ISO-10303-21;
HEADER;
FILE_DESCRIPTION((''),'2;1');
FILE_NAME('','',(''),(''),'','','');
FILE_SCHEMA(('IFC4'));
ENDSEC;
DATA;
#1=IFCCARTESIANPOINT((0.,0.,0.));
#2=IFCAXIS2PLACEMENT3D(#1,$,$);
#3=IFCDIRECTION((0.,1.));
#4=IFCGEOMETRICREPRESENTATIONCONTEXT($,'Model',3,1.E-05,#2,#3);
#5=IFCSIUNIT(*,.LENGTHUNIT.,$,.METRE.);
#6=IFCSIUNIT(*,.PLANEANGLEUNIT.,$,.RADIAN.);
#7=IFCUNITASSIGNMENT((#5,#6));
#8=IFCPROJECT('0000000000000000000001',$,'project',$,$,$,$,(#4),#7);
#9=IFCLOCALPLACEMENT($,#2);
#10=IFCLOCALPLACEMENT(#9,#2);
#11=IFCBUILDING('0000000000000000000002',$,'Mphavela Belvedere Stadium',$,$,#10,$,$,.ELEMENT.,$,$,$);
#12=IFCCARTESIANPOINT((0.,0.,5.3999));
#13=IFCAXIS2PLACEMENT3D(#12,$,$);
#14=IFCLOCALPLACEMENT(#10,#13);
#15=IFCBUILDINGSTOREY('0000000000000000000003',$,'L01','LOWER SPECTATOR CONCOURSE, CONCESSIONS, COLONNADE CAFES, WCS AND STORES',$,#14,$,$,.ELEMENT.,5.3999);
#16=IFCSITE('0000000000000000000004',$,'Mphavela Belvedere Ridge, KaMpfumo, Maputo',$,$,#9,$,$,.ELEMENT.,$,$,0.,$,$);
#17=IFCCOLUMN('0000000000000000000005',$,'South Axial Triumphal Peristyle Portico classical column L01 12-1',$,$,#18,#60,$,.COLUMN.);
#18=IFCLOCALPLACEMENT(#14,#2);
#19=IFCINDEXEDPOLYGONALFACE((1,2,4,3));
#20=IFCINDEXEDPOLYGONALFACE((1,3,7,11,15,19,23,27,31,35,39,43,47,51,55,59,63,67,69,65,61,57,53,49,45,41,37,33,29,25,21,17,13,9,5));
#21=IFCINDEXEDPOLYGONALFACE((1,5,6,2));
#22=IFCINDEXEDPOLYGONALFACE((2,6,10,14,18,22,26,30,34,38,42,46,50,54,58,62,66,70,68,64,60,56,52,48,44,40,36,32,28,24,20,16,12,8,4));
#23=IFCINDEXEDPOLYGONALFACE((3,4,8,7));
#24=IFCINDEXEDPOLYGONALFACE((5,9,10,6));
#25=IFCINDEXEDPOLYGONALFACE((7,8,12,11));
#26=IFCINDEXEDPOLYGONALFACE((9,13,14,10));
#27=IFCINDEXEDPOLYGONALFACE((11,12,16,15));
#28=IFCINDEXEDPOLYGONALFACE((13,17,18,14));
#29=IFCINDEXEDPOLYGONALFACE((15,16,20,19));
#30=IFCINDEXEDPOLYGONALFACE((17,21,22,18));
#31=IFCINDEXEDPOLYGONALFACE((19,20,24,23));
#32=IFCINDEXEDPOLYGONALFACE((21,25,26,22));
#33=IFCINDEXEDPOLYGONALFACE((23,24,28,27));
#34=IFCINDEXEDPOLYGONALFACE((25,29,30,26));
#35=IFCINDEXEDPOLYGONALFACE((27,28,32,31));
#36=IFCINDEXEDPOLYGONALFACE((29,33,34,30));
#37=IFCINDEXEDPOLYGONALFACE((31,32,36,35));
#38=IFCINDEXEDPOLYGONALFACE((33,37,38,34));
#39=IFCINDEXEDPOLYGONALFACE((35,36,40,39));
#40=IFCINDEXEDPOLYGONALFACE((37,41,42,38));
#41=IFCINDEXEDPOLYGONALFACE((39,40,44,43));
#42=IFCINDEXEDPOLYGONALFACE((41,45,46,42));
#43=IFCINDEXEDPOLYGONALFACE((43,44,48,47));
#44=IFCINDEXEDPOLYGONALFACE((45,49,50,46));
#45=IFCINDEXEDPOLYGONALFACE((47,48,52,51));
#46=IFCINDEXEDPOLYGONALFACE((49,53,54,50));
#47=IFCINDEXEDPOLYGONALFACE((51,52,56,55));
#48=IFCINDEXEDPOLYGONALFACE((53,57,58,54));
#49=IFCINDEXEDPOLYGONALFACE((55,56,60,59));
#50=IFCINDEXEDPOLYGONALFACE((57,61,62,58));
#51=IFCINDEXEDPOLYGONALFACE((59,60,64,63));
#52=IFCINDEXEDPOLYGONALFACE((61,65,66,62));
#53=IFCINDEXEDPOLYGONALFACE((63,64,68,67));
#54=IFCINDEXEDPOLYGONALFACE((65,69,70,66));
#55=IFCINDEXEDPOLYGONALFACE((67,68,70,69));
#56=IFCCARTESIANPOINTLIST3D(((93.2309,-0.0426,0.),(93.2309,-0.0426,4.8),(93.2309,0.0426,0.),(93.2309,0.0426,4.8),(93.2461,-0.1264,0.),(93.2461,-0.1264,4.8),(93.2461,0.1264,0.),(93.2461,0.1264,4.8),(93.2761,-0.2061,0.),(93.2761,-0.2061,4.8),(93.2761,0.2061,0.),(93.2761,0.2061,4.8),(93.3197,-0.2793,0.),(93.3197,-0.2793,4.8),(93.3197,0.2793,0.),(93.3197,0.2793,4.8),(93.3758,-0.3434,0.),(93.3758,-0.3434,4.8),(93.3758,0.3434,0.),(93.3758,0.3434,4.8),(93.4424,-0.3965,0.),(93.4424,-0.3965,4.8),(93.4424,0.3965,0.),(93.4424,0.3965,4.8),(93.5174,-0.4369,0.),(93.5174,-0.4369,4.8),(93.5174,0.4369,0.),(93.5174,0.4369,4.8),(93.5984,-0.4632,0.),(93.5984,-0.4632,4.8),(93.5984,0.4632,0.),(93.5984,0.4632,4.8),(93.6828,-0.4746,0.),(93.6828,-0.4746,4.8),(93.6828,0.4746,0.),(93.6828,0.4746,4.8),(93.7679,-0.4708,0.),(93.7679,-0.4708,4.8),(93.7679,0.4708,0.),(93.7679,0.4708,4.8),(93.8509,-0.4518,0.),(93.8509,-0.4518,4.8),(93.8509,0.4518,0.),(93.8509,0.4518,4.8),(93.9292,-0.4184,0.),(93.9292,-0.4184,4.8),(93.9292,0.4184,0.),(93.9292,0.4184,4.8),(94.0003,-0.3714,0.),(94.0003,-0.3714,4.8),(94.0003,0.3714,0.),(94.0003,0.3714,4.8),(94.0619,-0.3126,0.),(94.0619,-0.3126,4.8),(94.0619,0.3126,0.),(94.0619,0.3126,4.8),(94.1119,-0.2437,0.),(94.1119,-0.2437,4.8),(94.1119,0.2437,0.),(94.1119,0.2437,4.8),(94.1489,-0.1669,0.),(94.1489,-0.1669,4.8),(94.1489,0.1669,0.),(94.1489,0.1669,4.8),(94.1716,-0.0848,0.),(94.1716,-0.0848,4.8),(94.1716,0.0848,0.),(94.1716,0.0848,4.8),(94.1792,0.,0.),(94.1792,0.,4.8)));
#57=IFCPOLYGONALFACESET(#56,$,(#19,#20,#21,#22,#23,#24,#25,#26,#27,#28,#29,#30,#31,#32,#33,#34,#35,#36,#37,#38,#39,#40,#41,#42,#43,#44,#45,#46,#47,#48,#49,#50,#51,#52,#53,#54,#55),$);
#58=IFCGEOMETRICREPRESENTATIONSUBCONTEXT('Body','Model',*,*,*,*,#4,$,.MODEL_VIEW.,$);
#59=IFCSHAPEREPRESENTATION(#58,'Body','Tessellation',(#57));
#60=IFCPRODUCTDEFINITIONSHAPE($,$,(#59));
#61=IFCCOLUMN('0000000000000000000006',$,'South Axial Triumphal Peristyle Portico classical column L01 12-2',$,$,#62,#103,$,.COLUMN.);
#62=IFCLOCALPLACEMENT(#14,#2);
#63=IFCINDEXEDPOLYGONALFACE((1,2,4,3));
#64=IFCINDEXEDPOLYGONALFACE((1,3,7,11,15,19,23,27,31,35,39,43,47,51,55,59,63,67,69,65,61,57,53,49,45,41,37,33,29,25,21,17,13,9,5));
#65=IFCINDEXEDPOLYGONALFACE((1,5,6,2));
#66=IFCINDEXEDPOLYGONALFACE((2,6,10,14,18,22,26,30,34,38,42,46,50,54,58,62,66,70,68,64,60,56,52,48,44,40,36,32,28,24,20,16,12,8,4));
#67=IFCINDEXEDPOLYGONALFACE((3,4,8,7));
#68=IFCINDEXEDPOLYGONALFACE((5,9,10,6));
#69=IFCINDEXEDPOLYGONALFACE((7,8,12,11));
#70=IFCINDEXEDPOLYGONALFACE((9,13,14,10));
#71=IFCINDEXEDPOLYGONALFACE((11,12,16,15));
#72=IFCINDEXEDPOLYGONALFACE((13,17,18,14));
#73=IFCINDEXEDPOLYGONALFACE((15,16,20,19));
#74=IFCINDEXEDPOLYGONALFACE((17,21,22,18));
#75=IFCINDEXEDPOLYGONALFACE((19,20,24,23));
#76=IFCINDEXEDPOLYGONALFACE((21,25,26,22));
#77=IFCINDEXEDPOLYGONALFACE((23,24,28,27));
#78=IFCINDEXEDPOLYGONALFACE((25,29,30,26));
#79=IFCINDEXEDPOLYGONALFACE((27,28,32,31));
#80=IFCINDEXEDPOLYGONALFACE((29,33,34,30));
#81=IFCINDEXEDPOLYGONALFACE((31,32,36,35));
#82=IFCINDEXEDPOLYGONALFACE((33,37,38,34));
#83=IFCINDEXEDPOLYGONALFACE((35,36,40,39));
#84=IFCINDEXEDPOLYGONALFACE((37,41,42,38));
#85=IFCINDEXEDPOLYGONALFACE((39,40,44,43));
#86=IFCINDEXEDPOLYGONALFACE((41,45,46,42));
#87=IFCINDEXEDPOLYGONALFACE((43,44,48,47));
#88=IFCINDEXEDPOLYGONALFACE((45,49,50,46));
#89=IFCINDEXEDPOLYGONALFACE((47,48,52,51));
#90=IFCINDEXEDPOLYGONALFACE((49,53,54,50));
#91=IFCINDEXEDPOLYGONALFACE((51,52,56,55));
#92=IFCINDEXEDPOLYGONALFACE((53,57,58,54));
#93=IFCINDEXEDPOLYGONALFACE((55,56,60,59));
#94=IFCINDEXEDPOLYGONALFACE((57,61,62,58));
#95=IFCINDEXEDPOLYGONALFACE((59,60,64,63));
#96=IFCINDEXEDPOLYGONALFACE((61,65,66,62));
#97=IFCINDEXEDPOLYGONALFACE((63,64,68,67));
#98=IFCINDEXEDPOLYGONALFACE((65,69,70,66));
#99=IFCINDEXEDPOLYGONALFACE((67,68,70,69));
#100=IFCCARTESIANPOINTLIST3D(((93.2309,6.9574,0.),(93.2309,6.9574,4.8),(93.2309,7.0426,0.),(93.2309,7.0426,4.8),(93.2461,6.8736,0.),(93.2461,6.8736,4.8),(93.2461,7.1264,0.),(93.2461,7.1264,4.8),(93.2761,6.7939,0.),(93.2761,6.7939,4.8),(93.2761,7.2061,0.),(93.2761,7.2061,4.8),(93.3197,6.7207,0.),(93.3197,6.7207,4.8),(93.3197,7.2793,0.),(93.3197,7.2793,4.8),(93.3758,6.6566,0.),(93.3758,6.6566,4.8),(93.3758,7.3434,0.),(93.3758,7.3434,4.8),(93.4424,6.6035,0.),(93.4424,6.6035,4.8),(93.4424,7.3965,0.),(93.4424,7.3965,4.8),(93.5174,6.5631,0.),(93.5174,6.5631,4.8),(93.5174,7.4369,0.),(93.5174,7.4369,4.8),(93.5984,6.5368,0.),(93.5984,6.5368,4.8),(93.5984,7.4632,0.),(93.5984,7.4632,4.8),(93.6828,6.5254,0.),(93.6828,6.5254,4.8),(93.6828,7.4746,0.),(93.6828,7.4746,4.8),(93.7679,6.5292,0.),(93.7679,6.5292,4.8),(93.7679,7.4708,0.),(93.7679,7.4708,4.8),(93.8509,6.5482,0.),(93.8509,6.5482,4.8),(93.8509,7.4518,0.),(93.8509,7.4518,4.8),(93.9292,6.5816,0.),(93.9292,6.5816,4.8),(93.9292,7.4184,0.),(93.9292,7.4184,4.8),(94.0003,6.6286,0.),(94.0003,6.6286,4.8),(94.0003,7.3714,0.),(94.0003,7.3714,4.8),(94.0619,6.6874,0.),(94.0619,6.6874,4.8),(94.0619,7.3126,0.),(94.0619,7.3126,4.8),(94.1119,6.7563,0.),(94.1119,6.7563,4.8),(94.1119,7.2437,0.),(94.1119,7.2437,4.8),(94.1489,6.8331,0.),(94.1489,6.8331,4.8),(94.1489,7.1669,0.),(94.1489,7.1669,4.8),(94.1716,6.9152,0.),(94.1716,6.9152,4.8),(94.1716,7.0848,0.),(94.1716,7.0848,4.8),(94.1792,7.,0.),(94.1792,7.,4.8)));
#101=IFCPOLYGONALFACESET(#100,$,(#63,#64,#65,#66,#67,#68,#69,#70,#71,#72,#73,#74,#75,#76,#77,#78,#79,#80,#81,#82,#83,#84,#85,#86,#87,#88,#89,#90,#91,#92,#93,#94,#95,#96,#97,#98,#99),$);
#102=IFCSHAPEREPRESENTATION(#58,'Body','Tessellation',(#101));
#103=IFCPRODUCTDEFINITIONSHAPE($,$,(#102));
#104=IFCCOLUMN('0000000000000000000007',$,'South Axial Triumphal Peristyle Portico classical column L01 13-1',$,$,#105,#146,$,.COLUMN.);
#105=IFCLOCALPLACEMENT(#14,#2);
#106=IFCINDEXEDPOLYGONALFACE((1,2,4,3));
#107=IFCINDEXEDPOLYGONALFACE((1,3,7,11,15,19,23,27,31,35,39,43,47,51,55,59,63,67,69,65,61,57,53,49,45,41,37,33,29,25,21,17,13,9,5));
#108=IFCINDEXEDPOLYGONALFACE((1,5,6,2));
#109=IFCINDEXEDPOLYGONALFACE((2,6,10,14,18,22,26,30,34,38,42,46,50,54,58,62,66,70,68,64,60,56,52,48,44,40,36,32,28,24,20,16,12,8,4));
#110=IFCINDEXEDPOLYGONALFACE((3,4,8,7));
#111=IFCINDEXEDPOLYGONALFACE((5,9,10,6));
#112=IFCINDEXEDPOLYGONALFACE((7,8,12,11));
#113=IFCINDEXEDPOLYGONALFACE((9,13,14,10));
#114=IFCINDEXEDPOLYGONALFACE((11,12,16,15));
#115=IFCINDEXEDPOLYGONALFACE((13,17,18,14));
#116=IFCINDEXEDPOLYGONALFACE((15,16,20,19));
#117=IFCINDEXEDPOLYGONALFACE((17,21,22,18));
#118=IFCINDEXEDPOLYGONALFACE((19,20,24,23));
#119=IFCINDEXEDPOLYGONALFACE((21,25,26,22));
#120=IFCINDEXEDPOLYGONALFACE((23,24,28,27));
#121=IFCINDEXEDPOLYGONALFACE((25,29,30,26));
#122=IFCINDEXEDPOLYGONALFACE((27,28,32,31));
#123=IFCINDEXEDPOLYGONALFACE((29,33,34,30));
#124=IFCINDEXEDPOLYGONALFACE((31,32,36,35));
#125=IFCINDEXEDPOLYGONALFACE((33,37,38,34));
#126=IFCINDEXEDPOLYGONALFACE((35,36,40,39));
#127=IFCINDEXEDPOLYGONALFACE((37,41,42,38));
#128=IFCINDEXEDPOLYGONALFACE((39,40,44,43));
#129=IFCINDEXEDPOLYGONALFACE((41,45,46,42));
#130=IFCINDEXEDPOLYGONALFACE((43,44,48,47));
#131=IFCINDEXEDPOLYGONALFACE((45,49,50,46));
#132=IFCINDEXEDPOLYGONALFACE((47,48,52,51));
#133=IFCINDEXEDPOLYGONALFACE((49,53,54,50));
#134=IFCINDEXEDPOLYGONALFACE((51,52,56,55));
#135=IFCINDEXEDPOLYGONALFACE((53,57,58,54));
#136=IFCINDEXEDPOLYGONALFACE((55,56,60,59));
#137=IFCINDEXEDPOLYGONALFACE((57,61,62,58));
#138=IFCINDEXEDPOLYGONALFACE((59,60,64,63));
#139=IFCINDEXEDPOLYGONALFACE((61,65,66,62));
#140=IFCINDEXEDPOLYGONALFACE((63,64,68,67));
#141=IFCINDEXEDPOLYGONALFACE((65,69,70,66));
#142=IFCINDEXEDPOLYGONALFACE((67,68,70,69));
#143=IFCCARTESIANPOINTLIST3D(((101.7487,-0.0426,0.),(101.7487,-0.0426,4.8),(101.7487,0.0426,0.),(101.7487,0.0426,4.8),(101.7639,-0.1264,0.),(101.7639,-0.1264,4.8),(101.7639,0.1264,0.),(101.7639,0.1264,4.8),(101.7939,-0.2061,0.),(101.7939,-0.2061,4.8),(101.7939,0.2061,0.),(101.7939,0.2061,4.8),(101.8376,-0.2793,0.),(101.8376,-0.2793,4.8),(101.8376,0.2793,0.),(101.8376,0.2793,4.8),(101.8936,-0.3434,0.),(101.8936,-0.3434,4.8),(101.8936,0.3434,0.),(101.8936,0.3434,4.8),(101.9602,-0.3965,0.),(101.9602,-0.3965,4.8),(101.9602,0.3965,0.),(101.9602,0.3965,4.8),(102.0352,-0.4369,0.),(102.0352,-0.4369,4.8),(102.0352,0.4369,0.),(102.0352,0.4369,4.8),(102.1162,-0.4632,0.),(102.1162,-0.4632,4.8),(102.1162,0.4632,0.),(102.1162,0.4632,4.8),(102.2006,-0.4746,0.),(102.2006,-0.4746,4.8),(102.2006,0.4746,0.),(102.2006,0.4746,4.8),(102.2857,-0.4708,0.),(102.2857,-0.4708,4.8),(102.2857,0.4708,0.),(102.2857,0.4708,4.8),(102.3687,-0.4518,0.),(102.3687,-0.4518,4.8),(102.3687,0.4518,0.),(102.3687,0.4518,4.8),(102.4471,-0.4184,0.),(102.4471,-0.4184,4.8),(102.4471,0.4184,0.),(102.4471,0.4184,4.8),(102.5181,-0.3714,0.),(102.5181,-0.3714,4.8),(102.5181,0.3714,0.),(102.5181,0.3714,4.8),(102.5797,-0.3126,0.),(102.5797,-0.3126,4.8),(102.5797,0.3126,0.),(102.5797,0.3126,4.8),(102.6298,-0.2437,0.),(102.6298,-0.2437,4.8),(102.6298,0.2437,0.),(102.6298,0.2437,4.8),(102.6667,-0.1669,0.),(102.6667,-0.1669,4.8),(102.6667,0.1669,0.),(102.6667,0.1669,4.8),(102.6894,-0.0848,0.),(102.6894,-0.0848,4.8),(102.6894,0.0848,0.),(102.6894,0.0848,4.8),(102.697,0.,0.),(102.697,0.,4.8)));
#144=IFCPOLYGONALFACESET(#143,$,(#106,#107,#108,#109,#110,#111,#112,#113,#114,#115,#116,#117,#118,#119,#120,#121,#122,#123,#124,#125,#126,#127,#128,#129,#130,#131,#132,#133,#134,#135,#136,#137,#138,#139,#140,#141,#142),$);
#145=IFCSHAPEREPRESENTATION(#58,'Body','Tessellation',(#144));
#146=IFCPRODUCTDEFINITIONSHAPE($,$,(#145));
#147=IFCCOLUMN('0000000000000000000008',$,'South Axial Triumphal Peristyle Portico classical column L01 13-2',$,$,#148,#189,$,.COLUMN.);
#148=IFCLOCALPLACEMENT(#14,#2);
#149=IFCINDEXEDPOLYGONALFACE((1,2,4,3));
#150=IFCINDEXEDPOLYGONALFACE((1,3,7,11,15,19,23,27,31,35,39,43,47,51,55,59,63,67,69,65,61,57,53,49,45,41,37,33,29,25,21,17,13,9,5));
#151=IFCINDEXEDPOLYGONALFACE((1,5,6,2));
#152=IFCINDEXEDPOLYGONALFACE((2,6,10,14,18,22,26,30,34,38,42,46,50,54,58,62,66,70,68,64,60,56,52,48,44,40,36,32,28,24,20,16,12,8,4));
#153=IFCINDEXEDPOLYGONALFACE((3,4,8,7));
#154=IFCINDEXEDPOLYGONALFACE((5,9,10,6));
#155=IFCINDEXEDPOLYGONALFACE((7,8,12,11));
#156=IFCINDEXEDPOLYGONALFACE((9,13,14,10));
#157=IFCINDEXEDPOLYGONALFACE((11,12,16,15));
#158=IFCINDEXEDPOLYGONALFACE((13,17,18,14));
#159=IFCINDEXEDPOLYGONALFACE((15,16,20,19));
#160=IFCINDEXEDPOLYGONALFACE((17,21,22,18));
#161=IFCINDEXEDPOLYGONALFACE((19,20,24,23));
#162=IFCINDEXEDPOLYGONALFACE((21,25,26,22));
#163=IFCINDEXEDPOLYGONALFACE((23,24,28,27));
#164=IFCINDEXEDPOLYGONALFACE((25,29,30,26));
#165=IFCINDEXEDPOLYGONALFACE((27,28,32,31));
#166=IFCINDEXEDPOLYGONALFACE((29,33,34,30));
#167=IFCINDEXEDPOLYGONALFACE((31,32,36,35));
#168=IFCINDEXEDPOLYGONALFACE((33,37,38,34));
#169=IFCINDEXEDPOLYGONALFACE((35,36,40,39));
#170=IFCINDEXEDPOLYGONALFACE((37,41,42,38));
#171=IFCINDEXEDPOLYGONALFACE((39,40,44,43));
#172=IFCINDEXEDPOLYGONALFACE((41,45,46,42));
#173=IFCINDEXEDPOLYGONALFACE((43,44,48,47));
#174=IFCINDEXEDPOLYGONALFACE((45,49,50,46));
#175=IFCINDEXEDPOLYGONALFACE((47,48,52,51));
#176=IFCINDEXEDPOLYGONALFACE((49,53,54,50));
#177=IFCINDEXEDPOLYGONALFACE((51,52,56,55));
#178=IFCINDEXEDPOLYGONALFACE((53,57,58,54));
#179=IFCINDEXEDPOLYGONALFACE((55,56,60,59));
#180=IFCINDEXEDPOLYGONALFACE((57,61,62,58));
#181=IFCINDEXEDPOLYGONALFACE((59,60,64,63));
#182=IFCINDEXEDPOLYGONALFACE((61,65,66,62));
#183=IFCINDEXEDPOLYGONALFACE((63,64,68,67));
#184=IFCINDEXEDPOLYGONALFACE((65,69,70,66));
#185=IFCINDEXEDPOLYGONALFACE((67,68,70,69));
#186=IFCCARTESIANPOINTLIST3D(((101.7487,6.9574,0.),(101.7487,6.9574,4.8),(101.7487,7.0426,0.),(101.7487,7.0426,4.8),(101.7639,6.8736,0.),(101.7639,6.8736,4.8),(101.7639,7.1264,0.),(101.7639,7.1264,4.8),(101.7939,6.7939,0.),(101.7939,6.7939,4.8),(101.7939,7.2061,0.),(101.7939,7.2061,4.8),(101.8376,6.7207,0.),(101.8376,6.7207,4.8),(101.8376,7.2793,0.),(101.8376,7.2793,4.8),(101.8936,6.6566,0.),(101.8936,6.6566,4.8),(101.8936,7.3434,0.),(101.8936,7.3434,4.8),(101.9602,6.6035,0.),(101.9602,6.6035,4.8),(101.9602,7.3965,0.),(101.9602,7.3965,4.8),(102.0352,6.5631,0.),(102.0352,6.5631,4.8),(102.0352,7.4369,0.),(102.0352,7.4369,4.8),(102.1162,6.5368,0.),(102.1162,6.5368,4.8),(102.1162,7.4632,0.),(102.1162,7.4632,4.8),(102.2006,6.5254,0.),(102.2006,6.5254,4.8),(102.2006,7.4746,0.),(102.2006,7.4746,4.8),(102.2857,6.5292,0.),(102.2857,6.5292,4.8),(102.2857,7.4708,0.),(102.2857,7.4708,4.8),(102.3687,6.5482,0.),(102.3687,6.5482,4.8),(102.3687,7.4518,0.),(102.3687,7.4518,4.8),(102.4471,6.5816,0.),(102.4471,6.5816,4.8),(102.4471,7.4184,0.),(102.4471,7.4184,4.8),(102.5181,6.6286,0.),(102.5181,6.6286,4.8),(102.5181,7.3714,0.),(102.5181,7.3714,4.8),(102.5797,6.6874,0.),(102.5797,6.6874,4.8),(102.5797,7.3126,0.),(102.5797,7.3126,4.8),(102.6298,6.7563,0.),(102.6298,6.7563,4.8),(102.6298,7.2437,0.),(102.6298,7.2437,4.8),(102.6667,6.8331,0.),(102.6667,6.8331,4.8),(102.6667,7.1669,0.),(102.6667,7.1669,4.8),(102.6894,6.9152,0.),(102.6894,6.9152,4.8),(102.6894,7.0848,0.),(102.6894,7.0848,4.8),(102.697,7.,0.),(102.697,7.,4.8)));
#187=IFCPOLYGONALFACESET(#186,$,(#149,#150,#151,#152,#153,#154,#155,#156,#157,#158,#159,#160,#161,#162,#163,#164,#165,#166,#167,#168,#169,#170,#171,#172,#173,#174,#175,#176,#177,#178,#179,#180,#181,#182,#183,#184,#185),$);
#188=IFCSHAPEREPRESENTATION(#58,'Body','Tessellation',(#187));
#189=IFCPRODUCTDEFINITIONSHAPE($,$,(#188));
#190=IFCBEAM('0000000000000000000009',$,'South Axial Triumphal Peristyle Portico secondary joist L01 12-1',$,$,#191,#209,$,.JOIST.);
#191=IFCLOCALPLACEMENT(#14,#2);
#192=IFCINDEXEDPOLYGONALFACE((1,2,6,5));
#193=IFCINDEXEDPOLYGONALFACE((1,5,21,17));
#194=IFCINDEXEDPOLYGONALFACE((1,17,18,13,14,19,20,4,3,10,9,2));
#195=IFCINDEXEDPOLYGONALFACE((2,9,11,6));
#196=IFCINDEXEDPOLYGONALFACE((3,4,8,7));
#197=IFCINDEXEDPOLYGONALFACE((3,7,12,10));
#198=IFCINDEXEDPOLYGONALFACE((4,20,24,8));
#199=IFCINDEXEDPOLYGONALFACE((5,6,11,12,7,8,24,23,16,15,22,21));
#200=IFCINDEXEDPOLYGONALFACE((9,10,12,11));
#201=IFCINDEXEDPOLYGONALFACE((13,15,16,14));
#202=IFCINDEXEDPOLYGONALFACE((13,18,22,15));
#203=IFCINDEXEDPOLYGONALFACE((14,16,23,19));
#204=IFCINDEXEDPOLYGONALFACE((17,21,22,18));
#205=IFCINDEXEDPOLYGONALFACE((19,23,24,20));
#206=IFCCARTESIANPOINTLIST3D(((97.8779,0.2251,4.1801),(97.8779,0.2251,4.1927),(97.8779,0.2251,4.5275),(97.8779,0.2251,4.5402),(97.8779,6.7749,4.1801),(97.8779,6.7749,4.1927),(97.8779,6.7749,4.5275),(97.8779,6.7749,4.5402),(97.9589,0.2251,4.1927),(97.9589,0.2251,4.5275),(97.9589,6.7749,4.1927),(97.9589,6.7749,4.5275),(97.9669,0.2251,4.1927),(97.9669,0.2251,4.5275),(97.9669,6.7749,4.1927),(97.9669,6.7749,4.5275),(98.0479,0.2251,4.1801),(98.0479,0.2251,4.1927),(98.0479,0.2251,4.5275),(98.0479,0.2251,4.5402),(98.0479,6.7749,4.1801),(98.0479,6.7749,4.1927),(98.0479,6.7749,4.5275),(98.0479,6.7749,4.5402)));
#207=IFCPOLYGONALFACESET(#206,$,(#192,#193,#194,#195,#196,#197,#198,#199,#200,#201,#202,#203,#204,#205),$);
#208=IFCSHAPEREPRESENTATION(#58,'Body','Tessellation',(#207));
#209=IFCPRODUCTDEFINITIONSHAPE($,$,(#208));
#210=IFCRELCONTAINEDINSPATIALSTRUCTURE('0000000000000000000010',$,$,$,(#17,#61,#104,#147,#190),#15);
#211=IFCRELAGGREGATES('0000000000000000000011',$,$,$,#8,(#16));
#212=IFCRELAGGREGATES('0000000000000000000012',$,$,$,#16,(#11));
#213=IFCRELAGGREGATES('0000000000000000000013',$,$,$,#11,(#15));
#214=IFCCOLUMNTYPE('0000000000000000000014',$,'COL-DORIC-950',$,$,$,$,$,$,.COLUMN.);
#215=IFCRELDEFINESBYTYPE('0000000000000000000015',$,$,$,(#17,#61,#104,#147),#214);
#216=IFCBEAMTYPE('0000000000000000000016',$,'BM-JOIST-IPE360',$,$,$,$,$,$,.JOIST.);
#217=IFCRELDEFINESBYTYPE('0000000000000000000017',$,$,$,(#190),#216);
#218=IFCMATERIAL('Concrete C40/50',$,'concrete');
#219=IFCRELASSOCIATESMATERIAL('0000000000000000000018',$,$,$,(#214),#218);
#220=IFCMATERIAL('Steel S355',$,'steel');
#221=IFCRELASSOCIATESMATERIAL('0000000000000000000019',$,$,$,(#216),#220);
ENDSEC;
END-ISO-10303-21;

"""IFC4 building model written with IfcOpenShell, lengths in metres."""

from ifc_helpers import new_model, si_unit, direction, frame, origin, origin_2d, place, context, subcontext, project, spatial, circle, i_section, extrude, material, material_profile, profile_set, type_object, element, save


model = new_model("IFC4")

# Units and contexts
model_context = context("Model", 3, precision=1e-05, world=origin(), true_north=direction((0.0, 1.0)))
body_context = subcontext(model_context, "Body", "Model", "MODEL_VIEW")
ifc_project = project(units=[si_unit("LENGTHUNIT", "METRE"), si_unit("PLANEANGLEUNIT", "RADIAN")], contexts=[model_context])

# Site, building, storey
site_placement = place(None, origin())
site = spatial("IfcSite", under=ifc_project, at=site_placement, Name="Mphavela Belvedere Ridge, KaMpfumo, Maputo", CompositionType="ELEMENT", RefElevation=0.0)
building_placement = place(site_placement, origin())
building = spatial("IfcBuilding", under=site, at=building_placement, Name="Mphavela Belvedere Stadium", CompositionType="ELEMENT")
storey_placement = place(building_placement, frame((0.0, 0.0, 5.3999)))
storey = spatial("IfcBuildingStorey", under=building, at=storey_placement, Name="L01", Description="LOWER SPECTATOR CONCOURSE, CONCESSIONS, COLONNADE CAFES, WCS AND STORES", CompositionType="ELEMENT", Elevation=5.3999)

# Columns
ifc_material_1 = material(Name="Concrete C40/50", Category="concrete")
ifc_material_profile_1 = material_profile(ifc_material_1, circle(Radius=0.4751, at=origin_2d()), Name="COL D950")
ifc_profile_set_1 = profile_set([ifc_material_profile_1], Name="Concrete C40/50")
column_type = type_object("IfcColumnType", Name="COL-DORIC-950", PredefinedType="COLUMN", material=ifc_profile_set_1)
for number, where, z_axis, x_axis, name in (
    (1, (93.7041, 0.0, 0.0), (0.0, 0.0, 1.0), (1.0, 0.0, 0.0), "South Axial Triumphal Peristyle Portico classical column L01 12-1"),
    (2, (93.7041, 7.0, 0.0), (0.0, 0.0, 1.0), (1.0, 0.0, 0.0), "South Axial Triumphal Peristyle Portico classical column L01 12-2"),
    (3, (102.2219, 0.0, 0.0), (0.0, 0.0, 1.0), (1.0, 0.0, 0.0), "South Axial Triumphal Peristyle Portico classical column L01 13-1"),
    (4, (102.2219, 7.0, 0.0), (0.0, 0.0, 1.0), (1.0, 0.0, 0.0), "South Axial Triumphal Peristyle Portico classical column L01 13-2"),
):
    element("IfcColumn", number, at=place(storey_placement, frame(where, z_axis=z_axis, x_axis=x_axis)), inside=storey, type_object=column_type, Name=name, PredefinedType="COLUMN", context=body_context, shape_type="SweptSolid", body=[
        extrude(circle(Radius=0.4751, at=origin_2d()), origin(), (0.0, 0.0, 1.0), 4.8),
    ])

# Beam
ifc_material_2 = material(Name="Steel S355", Category="steel")
ifc_material_profile_2 = material_profile(ifc_material_2, i_section(OverallWidth=0.1699, OverallDepth=0.3601, WebThickness=0.0081, FlangeThickness=0.0127, at=origin_2d()), Name="IPE 360")
ifc_profile_set_2 = profile_set([ifc_material_profile_2], Name="Steel S355")
beam_type_1 = type_object("IfcBeamType", Name="BM-JOIST-IPE360", PredefinedType="JOIST", material=ifc_profile_set_2)
beam_1_placement = place(storey_placement, frame((97.9629, 0.2251, 4.3601), z_axis=(0.0, 1.0, 0.0), x_axis=(-1.0, 0.0, 0.0)))
element("IfcBeam", 5, at=beam_1_placement, inside=storey, type_object=beam_type_1, Name="South Axial Triumphal Peristyle Portico secondary joist L01 12-1", PredefinedType="JOIST", context=body_context, shape_type="SweptSolid", body=[
    extrude(i_section(OverallWidth=0.1699, OverallDepth=0.3601, WebThickness=0.0081, FlangeThickness=0.0127, at=origin_2d()), origin(), (0.0, 0.0, 1.0), 6.5498),
])

save(model, "model.ifc")
